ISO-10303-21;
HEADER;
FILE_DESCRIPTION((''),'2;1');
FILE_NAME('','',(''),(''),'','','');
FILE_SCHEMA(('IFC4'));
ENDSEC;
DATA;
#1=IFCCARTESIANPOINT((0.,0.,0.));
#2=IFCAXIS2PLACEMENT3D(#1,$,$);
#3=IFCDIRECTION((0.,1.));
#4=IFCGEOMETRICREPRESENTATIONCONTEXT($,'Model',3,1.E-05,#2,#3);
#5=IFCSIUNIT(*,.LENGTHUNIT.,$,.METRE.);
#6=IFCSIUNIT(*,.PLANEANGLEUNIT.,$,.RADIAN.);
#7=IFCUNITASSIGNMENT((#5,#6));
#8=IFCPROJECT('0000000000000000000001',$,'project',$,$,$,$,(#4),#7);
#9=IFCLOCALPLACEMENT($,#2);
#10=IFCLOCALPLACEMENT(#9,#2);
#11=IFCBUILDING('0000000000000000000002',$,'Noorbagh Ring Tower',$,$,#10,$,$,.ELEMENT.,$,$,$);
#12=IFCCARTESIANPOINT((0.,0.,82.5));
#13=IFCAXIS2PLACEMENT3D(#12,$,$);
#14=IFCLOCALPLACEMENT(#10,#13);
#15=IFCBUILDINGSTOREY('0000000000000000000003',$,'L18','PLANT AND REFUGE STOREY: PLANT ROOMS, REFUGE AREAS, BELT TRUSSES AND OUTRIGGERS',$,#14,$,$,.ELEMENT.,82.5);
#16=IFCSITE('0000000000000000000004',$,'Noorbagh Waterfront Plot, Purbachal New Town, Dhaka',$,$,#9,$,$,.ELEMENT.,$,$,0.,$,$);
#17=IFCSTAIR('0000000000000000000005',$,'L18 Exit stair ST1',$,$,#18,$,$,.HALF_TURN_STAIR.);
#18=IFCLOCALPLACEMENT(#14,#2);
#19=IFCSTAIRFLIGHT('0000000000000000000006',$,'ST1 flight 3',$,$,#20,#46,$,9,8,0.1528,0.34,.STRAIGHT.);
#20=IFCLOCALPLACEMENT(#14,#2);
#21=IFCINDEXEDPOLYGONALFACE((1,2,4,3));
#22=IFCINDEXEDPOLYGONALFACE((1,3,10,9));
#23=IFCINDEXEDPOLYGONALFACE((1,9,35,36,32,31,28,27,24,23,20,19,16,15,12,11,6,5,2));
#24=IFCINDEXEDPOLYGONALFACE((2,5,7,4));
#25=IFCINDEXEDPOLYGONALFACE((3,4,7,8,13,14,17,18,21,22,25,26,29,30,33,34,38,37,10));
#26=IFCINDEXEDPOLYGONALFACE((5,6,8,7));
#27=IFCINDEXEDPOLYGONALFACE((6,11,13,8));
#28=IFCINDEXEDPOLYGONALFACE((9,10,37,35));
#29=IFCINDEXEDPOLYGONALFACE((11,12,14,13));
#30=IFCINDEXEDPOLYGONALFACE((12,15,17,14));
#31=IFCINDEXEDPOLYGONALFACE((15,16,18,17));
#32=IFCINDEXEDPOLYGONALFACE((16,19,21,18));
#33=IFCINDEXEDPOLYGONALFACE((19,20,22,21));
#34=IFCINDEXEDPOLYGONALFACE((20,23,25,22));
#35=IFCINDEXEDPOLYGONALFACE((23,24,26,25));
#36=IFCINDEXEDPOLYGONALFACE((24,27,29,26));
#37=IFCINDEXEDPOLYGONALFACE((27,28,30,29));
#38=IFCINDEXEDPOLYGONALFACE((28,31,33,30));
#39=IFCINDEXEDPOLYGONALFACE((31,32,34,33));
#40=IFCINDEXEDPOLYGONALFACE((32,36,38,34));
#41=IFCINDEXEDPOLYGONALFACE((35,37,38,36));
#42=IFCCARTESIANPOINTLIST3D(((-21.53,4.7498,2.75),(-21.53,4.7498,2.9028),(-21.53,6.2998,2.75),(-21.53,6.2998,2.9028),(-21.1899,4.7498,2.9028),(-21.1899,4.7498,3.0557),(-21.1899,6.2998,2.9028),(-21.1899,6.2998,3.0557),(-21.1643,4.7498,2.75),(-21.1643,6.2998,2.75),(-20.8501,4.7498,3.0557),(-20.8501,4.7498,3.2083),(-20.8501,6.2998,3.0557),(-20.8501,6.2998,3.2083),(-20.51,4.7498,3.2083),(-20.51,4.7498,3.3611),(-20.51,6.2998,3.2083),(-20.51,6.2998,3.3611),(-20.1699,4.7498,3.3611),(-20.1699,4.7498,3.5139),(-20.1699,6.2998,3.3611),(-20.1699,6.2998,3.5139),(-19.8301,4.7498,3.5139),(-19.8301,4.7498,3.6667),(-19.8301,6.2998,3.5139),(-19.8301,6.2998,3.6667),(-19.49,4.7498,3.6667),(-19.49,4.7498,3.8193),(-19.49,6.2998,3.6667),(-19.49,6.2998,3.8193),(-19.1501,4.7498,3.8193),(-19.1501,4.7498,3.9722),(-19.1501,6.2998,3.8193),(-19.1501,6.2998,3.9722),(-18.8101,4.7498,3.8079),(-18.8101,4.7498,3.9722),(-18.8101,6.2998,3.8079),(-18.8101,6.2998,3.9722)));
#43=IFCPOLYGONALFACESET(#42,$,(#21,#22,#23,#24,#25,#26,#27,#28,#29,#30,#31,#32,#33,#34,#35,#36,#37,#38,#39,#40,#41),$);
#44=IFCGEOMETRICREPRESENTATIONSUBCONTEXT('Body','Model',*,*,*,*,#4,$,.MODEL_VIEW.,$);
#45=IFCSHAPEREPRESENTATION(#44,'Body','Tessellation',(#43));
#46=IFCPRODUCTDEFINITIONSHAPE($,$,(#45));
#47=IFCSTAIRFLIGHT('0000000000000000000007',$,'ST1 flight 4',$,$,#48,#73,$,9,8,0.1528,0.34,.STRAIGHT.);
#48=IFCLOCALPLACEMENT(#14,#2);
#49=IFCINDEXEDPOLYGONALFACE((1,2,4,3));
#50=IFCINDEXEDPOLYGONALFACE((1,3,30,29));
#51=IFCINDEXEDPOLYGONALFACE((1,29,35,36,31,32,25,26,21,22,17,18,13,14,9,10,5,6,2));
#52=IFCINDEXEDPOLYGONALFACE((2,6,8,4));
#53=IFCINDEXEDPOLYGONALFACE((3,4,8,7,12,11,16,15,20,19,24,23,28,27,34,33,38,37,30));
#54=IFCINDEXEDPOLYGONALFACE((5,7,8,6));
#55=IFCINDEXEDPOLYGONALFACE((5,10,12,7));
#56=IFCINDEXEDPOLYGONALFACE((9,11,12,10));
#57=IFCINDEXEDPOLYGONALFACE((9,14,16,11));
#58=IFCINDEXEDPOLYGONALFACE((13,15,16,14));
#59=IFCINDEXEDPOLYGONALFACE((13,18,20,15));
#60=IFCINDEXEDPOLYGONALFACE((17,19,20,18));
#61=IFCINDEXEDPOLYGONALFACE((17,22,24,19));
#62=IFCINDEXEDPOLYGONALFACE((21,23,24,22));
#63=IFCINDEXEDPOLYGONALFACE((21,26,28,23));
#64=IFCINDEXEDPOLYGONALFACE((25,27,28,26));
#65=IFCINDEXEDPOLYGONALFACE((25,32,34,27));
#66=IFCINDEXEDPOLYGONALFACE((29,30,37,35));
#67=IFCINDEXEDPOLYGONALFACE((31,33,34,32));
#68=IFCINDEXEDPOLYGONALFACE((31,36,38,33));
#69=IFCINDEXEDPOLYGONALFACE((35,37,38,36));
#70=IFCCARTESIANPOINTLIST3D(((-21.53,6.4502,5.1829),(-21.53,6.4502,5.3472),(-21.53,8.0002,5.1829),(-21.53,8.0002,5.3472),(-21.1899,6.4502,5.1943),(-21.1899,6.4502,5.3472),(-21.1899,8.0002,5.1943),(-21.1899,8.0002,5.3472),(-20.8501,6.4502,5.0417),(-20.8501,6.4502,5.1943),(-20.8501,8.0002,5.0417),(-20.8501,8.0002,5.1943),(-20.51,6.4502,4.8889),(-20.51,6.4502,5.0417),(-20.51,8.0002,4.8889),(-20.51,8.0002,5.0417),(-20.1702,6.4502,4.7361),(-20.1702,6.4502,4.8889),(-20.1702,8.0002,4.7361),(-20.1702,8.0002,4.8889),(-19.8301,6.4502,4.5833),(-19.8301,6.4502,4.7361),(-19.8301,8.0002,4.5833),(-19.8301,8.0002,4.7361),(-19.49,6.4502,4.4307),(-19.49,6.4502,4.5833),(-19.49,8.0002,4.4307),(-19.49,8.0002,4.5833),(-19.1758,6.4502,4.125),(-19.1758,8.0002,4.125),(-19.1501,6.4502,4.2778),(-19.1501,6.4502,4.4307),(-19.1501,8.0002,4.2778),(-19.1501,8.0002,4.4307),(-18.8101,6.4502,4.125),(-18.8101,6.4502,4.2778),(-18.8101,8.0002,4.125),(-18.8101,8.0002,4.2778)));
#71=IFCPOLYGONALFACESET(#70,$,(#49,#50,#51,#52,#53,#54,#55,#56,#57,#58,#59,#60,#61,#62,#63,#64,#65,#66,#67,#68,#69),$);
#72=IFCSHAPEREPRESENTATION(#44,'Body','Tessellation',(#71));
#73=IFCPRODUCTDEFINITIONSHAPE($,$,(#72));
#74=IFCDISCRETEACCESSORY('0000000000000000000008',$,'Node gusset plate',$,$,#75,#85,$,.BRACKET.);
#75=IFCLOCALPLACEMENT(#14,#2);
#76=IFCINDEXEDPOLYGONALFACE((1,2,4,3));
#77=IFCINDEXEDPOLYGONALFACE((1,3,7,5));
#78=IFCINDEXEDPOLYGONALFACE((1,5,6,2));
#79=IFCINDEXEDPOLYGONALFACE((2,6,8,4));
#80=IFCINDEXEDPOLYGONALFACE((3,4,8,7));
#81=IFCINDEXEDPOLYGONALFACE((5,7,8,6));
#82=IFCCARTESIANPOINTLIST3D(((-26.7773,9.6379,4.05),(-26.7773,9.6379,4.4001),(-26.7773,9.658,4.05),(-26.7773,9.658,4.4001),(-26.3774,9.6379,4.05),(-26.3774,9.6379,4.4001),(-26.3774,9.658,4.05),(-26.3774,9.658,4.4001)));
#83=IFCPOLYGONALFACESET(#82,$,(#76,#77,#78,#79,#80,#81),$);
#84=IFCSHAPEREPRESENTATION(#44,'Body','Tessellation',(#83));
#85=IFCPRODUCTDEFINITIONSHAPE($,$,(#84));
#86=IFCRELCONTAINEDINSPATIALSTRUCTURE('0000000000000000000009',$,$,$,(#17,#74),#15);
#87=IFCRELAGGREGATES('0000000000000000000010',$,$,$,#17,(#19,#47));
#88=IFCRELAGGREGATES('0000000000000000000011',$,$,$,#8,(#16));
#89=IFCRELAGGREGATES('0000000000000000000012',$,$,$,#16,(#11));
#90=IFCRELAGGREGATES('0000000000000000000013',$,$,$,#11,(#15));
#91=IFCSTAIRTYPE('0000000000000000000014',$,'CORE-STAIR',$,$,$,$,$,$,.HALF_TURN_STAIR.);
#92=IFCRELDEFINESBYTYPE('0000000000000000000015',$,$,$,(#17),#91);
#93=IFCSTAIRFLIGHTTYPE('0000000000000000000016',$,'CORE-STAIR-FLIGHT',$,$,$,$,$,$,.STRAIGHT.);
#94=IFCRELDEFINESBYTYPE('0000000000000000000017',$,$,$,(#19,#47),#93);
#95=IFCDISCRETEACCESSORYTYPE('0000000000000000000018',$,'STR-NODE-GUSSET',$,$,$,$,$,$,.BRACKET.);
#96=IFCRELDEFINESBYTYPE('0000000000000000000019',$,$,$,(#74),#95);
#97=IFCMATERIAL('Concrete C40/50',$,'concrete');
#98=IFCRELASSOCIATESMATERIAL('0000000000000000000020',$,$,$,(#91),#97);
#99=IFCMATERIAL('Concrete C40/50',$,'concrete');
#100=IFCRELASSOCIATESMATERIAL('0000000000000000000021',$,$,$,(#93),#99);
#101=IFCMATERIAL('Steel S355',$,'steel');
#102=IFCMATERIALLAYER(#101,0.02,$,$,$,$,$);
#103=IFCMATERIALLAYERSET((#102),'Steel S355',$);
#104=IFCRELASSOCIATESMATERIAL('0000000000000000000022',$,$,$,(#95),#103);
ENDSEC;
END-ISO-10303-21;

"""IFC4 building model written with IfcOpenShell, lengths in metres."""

from ifc_helpers import new_model, si_unit, direction, frame, origin, origin_2d, place, context, subcontext, project, spatial, polyline, rectangle, outline, extrude, material, layer, layer_set, type_object, element, aggregate, save


model = new_model("IFC4")

# Units and contexts
model_context = context("Model", 3, precision=1e-05, world=origin(), true_north=direction((0.0, 1.0)))
body_context = subcontext(model_context, "Body", "Model", "MODEL_VIEW")
ifc_project = project(units=[si_unit("LENGTHUNIT", "METRE"), si_unit("PLANEANGLEUNIT", "RADIAN")], contexts=[model_context])

# Site, building, storey
site_placement = place(None, origin())
site = spatial("IfcSite", under=ifc_project, at=site_placement, Name="Noorbagh Waterfront Plot, Purbachal New Town, Dhaka", CompositionType="ELEMENT", RefElevation=0.0)
building_placement = place(site_placement, origin())
building = spatial("IfcBuilding", under=site, at=building_placement, Name="Noorbagh Ring Tower", CompositionType="ELEMENT")
storey_placement = place(building_placement, frame((0.0, 0.0, 82.5)))
storey = spatial("IfcBuildingStorey", under=building, at=storey_placement, Name="L18", Description="PLANT AND REFUGE STOREY: PLANT ROOMS, REFUGE AREAS, BELT TRUSSES AND OUTRIGGERS", CompositionType="ELEMENT", Elevation=82.5)

# Stair, stair flights
ifc_material_1 = material(Name="Concrete C40/50", Category="concrete")
stair_type = type_object("IfcStairType", Name="CORE-STAIR", PredefinedType="HALF_TURN_STAIR", material=ifc_material_1)
stair_placement = place(storey_placement, origin())
stair = element("IfcStair", 1, at=stair_placement, inside=storey, type_object=stair_type, Name="L18 Exit stair ST1", PredefinedType="HALF_TURN_STAIR")
ifc_material_2 = material(Name="Concrete C40/50", Category="concrete")
stair_flight_type = type_object("IfcStairFlightType", Name="CORE-STAIR-FLIGHT", PredefinedType="STRAIGHT", material=ifc_material_2)
stair_flight_1_placement = place(storey_placement, frame((-21.53, 5.5249, 2.75), z_axis=(0.0, 0.0, 1.0), x_axis=(1.0, 0.0, 0.0)))
stair_flight_1 = element("IfcStairFlight", 2, at=stair_flight_1_placement, type_object=stair_flight_type, Name="ST1 flight 3", NumberOfRisers=9, NumberOfTreads=8, PredefinedType="STRAIGHT", RiserHeight=0.1528, TreadLength=0.34, context=body_context, shape_type="SweptSolid", body=[
    extrude(outline(polyline([(0.0, 0.0), (0.0, 0.1528), (0.3401, 0.1528), (0.3401, 0.3057), (0.6799, 0.3057), (0.6799, 0.4583), (1.02, 0.4583), (1.02, 0.6111), (1.3601, 0.6111), (1.3601, 0.7639), (1.7, 0.7639), (1.7, 0.9167), (2.04, 0.9167), (2.04, 1.0693), (2.3799, 1.0693), (2.3799, 1.2222), (2.72, 1.2222), (2.72, 1.375), (2.72, 1.0579), (0.3657, 0.0), (0.0, 0.0)])), frame((0.0, 0.7749, 0.0), z_axis=(0.0, -1.0, 0.0), x_axis=(1.0, 0.0, 0.0)), (0.0, 0.0, 1.0), 1.55),
])
stair_flight_2_placement = place(storey_placement, frame((-18.8101, 7.2251, 4.125), z_axis=(0.0, 0.0, 1.0), x_axis=(-1.0, 0.0, 0.0)))
stair_flight_2 = element("IfcStairFlight", 3, at=stair_flight_2_placement, type_object=stair_flight_type, Name="ST1 flight 4", NumberOfRisers=9, NumberOfTreads=8, PredefinedType="STRAIGHT", RiserHeight=0.1528, TreadLength=0.34, context=body_context, shape_type="SweptSolid", body=[
    extrude(outline(polyline([(0.0, 0.0), (0.0, 0.1528), (0.3401, 0.1528), (0.3401, 0.3057), (0.6799, 0.3057), (0.6799, 0.4583), (1.02, 0.4583), (1.02, 0.6111), (1.3601, 0.6111), (1.3601, 0.7639), (1.7, 0.7639), (1.7, 0.9167), (2.04, 0.9167), (2.04, 1.0693), (2.3799, 1.0693), (2.3799, 1.2222), (2.72, 1.2222), (2.72, 1.375), (2.72, 1.0579), (0.3657, 0.0), (0.0, 0.0)])), frame((0.0, 0.7749, 0.0), z_axis=(0.0, -1.0, 0.0), x_axis=(1.0, 0.0, 0.0)), (0.0, 0.0, 1.0), 1.55),
])
aggregate(stair, [stair_flight_1, stair_flight_2])

# Discrete accessory
ifc_material_3 = material(Name="Steel S355", Category="steel")
ifc_layer_1 = layer(ifc_material_3, 0.02)
ifc_layer_set_1 = layer_set([ifc_layer_1], Name="Steel S355")
discrete_accessory_type = type_object("IfcDiscreteAccessoryType", Name="STR-NODE-GUSSET", PredefinedType="BRACKET", material=ifc_layer_set_1)
discrete_accessory_placement = place(storey_placement, frame((-26.5774, 9.6479, 4.05), z_axis=(0.0, 0.0, 1.0), x_axis=(1.0, 0.0, 0.0)))
element("IfcDiscreteAccessory", 4, at=discrete_accessory_placement, inside=storey, type_object=discrete_accessory_type, Name="Node gusset plate", PredefinedType="BRACKET", context=body_context, shape_type="SweptSolid", body=[
    extrude(rectangle(XDim=0.3999, YDim=0.02, at=origin_2d()), origin(), (0.0, 0.0, 1.0), 0.3501),
])

save(model, "model.ifc")
